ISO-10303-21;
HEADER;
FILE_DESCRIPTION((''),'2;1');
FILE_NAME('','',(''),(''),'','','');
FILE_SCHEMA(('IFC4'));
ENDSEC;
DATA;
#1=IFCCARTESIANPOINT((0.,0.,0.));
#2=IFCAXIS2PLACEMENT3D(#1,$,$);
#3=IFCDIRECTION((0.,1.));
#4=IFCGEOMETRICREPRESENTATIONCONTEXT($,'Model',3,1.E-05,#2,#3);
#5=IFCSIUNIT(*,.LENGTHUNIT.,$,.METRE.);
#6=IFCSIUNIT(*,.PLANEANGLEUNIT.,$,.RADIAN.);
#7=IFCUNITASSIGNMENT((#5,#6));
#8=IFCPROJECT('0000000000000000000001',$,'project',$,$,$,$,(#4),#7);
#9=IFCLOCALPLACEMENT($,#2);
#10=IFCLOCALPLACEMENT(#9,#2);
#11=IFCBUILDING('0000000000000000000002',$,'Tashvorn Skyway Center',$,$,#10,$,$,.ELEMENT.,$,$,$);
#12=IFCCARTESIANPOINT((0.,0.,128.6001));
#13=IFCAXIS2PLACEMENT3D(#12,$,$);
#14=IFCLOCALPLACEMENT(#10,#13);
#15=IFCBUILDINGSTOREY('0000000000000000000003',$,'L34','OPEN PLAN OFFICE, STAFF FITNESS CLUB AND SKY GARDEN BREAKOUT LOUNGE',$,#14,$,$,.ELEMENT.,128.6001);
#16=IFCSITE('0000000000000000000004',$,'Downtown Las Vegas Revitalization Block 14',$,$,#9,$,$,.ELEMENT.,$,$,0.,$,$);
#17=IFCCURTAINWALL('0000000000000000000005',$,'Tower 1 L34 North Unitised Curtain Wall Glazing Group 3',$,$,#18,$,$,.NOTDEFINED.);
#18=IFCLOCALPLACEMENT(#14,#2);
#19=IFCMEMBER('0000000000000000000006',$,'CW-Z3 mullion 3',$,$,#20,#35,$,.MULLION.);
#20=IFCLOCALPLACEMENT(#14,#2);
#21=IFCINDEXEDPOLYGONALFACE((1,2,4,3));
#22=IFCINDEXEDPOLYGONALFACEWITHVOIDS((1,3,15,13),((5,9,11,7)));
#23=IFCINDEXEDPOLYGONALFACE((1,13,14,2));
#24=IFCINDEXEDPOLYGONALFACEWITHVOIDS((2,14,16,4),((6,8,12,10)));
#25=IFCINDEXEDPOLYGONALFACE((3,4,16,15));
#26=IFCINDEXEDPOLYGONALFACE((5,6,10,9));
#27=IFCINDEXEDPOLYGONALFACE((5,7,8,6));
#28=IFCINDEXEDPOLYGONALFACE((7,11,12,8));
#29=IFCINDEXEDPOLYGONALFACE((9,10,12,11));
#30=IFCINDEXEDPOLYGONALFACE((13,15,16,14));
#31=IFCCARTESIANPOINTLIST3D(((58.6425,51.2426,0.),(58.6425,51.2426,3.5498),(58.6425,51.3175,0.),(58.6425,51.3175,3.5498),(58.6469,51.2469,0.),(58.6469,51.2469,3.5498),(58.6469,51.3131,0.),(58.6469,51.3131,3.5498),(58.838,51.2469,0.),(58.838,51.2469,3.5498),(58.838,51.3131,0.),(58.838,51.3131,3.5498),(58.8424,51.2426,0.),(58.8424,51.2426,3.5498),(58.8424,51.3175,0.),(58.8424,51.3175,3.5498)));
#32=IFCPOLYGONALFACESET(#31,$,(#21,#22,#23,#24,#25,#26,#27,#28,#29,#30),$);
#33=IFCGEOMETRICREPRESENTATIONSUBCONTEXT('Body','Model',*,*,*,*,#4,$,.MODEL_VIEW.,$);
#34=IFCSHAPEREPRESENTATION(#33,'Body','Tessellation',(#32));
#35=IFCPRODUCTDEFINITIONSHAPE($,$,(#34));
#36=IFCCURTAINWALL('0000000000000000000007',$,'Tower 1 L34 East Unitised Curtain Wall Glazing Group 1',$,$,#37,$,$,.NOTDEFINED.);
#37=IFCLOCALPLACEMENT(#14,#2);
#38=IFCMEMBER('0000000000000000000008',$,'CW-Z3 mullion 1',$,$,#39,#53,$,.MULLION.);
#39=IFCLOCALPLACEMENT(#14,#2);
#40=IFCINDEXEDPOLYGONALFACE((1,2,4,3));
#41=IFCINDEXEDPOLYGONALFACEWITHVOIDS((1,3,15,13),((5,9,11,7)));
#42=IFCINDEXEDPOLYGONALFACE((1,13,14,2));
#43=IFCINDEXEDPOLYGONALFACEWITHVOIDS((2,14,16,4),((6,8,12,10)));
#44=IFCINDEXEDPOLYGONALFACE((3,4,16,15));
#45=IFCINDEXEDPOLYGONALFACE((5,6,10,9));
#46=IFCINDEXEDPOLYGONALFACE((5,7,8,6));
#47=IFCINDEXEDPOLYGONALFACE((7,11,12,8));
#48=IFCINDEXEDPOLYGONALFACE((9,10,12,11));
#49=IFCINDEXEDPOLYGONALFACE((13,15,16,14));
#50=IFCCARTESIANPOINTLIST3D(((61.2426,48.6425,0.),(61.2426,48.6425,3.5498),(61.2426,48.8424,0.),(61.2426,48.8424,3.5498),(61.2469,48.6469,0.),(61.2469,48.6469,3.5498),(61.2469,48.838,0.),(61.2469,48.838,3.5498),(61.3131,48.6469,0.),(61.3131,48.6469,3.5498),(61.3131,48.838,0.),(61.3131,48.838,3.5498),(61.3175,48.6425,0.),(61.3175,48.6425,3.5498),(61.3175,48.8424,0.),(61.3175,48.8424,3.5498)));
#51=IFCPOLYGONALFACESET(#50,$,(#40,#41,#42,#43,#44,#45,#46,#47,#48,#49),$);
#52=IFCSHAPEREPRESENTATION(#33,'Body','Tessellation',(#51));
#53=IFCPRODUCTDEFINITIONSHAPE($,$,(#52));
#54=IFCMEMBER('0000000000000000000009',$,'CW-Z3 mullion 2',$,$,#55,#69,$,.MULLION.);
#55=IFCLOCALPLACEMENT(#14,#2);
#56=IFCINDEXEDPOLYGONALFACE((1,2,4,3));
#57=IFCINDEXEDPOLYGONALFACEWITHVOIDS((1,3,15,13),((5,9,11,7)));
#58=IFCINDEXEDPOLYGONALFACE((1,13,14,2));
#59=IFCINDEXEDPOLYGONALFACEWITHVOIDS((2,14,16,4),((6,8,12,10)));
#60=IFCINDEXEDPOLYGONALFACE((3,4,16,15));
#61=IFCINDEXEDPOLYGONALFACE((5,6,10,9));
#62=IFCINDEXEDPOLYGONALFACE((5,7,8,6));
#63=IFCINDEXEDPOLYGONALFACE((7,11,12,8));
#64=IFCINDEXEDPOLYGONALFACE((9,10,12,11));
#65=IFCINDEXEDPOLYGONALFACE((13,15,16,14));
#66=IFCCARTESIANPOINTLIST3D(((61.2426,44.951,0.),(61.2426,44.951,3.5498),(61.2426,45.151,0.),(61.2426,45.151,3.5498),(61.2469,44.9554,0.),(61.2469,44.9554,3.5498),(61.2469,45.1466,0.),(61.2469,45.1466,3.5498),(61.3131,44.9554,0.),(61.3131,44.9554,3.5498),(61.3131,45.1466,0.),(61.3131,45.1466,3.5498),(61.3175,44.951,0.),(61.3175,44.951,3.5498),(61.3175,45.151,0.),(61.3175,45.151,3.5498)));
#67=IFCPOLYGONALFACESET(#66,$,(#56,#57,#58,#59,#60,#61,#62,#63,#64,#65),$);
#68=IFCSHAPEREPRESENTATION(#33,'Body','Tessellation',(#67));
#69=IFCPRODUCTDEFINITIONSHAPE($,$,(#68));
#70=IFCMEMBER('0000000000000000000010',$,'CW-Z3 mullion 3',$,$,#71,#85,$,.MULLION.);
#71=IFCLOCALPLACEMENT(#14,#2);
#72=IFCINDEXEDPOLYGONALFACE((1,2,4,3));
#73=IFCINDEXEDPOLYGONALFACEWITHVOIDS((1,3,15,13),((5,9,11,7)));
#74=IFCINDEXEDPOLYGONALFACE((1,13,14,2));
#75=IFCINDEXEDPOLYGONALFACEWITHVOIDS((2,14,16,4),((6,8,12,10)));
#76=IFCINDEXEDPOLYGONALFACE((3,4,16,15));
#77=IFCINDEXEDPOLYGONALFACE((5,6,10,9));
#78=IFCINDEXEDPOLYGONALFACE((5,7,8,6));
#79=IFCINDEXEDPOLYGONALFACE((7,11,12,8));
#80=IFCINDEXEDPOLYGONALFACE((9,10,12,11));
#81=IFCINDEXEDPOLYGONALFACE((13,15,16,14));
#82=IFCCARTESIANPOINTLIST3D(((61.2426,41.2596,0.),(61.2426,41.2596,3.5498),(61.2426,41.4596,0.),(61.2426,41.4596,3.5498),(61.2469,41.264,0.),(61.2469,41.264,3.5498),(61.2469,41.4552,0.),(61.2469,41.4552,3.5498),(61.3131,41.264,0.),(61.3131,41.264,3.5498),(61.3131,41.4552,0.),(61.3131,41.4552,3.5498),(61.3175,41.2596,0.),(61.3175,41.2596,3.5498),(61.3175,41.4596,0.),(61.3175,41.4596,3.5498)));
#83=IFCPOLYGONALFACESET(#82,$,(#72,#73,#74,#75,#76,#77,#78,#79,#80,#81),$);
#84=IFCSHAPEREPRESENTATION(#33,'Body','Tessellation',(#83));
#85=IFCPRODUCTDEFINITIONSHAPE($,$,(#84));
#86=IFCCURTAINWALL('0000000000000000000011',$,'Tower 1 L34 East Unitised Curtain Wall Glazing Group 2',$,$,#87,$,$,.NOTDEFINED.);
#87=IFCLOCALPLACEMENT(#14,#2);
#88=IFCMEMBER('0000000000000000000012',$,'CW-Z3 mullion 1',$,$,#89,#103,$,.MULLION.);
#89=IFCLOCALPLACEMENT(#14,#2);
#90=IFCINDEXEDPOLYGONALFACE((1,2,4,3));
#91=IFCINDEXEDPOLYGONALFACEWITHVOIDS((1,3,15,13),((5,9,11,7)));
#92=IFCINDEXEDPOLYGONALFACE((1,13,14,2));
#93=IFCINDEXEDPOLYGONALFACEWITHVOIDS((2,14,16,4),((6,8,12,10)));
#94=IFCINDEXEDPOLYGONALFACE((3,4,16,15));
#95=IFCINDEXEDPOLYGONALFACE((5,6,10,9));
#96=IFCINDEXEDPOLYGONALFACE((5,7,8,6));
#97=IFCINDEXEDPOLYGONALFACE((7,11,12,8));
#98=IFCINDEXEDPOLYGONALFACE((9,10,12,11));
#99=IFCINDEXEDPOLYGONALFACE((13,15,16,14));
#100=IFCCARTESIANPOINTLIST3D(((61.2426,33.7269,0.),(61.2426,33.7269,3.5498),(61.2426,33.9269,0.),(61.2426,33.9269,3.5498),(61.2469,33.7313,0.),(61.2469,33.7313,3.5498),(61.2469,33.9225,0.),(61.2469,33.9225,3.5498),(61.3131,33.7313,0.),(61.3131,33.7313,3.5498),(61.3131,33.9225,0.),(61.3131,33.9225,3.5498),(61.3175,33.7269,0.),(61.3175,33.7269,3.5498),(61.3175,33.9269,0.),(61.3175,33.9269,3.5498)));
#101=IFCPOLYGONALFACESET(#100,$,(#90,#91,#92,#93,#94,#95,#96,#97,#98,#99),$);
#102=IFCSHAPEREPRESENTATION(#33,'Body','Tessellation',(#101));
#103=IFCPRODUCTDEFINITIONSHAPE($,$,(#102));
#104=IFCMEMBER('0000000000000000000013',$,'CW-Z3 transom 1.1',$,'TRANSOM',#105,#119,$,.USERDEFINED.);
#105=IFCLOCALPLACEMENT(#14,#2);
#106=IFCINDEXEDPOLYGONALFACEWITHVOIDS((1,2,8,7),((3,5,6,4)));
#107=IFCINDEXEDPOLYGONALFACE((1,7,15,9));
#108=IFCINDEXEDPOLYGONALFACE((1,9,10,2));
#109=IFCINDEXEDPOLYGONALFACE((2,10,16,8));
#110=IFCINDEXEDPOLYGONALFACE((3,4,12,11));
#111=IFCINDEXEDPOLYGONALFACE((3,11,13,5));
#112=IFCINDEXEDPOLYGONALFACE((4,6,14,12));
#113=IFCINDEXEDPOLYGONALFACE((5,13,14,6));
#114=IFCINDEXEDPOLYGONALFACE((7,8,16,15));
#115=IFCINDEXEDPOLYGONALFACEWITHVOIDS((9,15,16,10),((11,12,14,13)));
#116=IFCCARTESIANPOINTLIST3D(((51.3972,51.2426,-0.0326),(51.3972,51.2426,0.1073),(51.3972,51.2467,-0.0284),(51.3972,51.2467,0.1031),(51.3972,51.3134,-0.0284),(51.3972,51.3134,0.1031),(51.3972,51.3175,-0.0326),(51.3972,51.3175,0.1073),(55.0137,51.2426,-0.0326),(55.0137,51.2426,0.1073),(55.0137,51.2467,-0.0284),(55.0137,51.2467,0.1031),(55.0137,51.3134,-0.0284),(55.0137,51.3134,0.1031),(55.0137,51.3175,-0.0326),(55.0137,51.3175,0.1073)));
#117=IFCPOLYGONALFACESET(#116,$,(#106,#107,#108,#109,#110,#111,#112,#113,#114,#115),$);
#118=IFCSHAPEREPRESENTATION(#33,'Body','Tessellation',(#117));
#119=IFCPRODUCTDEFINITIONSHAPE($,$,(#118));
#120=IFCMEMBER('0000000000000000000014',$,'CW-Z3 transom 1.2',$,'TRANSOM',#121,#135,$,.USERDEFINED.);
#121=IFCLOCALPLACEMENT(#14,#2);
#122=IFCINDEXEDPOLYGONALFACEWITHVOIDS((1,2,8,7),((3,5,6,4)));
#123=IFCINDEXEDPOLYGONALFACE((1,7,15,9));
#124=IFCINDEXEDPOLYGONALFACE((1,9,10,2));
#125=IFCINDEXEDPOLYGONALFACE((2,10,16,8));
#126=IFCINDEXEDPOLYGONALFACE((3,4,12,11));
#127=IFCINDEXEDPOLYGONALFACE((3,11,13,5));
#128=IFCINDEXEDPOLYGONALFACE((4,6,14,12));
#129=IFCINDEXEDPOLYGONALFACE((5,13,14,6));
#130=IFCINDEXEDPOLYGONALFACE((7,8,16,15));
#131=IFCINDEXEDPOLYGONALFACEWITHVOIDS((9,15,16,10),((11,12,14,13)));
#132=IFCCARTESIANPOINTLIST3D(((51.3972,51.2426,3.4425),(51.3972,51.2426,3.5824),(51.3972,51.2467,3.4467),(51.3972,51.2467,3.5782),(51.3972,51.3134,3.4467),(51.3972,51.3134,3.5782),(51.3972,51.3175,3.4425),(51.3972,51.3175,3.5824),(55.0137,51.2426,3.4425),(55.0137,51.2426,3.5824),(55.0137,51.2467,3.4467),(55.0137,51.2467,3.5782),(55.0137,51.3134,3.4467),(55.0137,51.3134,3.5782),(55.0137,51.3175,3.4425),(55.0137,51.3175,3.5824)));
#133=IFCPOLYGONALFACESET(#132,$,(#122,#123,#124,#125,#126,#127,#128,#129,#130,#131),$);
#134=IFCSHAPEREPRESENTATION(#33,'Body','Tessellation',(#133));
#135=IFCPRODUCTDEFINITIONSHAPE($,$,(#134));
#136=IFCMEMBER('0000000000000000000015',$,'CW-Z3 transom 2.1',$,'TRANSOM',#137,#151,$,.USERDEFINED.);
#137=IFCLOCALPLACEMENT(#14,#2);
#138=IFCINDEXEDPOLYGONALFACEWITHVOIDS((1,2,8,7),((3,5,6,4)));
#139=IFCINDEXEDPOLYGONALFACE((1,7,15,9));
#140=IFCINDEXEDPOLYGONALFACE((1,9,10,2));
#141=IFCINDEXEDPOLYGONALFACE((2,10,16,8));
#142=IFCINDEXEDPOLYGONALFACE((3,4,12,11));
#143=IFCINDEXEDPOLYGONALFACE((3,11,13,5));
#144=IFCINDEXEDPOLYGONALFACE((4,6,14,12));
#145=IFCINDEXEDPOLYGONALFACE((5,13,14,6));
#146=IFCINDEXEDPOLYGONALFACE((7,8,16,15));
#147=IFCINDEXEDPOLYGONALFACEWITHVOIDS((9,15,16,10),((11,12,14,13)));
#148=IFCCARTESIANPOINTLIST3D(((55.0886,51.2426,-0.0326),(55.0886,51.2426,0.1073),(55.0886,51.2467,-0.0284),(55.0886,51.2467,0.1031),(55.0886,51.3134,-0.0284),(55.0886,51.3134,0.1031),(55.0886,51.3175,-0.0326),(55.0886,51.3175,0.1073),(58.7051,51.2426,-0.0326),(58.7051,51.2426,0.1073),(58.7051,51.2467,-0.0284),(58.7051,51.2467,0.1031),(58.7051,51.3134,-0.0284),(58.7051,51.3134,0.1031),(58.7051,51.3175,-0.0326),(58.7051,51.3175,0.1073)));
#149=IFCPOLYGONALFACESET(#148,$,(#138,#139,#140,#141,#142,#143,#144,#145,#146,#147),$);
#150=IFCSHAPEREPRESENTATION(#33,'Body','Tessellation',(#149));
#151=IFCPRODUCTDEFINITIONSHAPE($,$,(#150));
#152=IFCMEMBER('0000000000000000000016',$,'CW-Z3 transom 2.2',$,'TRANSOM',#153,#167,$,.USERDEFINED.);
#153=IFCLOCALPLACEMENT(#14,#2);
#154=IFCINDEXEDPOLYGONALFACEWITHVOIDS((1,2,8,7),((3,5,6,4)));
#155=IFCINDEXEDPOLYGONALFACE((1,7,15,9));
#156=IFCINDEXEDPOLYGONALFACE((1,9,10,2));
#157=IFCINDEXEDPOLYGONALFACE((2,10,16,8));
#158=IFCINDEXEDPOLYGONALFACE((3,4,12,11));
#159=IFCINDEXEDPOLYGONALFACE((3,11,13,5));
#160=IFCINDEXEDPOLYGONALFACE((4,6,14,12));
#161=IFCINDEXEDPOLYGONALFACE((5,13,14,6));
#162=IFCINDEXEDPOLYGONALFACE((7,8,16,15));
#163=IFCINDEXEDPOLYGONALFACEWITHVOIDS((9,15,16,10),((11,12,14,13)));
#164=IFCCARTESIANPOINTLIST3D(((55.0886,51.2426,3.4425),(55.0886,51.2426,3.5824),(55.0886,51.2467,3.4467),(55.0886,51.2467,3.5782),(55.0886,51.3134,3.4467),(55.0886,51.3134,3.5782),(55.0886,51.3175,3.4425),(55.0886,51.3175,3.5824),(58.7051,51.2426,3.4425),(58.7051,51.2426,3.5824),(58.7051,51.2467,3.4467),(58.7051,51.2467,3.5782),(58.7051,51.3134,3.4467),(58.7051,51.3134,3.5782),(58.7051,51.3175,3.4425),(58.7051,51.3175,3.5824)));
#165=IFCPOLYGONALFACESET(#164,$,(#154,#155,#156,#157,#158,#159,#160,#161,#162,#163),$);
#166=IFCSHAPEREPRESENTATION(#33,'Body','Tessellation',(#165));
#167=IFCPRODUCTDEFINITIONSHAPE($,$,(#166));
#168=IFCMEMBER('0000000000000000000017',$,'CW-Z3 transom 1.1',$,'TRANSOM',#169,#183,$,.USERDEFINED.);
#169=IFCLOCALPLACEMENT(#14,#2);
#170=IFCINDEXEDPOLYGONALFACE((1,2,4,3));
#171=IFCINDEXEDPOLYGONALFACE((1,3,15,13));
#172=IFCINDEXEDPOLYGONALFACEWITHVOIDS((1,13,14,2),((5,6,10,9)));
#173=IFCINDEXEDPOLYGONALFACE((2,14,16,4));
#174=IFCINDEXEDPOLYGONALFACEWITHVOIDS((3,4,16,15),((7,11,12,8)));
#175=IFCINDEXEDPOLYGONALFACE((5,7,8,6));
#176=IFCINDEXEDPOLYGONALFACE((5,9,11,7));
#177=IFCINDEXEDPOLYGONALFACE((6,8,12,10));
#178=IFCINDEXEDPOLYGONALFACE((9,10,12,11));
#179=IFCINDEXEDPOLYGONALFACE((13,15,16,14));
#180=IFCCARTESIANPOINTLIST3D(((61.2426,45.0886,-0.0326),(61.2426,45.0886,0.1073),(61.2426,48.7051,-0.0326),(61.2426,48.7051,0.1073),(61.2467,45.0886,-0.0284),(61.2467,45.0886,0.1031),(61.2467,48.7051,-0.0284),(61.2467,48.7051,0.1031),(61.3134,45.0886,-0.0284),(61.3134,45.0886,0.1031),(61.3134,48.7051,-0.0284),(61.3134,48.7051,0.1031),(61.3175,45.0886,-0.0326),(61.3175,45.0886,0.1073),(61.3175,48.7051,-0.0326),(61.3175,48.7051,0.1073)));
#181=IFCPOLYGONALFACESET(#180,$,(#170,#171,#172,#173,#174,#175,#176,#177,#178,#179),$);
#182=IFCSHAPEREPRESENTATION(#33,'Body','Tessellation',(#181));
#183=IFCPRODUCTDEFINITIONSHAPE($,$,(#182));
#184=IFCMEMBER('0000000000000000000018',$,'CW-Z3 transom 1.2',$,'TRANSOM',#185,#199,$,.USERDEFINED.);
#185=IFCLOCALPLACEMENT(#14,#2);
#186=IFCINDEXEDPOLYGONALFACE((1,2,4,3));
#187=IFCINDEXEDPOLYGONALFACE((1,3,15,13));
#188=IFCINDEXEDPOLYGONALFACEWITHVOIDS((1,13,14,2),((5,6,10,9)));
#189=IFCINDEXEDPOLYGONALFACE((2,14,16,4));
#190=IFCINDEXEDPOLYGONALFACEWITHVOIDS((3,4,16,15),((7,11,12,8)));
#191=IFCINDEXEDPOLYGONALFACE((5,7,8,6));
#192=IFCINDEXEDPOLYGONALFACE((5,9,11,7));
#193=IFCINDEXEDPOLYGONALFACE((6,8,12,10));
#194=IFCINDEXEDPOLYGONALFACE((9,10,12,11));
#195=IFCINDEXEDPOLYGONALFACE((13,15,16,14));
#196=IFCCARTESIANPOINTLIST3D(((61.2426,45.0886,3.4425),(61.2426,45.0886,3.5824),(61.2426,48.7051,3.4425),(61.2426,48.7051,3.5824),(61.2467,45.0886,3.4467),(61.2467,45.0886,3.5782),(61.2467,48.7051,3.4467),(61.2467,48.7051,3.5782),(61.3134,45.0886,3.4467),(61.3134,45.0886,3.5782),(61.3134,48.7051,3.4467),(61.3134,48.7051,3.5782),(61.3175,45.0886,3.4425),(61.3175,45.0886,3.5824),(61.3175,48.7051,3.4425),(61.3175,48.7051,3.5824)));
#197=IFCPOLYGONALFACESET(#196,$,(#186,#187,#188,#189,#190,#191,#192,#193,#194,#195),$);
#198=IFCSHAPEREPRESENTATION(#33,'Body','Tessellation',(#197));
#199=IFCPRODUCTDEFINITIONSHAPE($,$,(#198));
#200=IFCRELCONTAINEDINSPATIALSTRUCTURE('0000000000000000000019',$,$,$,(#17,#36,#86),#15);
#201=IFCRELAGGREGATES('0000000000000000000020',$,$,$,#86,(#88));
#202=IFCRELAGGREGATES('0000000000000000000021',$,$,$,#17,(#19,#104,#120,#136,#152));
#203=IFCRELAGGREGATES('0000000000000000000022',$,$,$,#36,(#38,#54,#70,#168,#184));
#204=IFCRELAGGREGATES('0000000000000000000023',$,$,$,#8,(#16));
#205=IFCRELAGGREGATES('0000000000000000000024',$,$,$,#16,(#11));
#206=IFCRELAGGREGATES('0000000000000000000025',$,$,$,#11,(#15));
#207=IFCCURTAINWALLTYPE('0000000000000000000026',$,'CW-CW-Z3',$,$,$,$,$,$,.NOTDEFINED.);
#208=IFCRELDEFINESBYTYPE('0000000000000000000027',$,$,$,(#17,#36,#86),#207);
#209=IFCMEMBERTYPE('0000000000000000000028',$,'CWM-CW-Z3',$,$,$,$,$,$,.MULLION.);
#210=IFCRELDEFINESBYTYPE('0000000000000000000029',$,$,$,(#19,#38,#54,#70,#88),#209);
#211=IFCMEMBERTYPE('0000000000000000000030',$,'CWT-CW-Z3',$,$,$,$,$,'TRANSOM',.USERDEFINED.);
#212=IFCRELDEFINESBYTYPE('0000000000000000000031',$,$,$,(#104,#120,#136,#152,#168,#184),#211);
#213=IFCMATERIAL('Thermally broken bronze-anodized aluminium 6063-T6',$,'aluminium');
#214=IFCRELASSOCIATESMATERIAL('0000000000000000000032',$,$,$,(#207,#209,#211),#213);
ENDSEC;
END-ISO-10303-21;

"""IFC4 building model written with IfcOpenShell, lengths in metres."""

from ifc_helpers import new_model, si_unit, direction, frame, origin, origin_2d, place, context, subcontext, project, spatial, hollow_rectangle, extrude, material, material_profile, profile_set, type_object, element, aggregate, save


model = new_model("IFC4")

# Units and contexts
model_context = context("Model", 3, precision=1e-05, world=origin(), true_north=direction((0.0, 1.0)))
body_context = subcontext(model_context, "Body", "Model", "MODEL_VIEW")
ifc_project = project(units=[si_unit("LENGTHUNIT", "METRE"), si_unit("PLANEANGLEUNIT", "RADIAN")], contexts=[model_context])

# Site, building, storey
site_placement = place(None, origin())
site = spatial("IfcSite", under=ifc_project, at=site_placement, Name="Downtown Las Vegas Revitalization Block 14", CompositionType="ELEMENT", RefElevation=0.0)
building_placement = place(site_placement, origin())
building = spatial("IfcBuilding", under=site, at=building_placement, Name="Tashvorn Skyway Center", CompositionType="ELEMENT")
storey_placement = place(building_placement, frame((0.0, 0.0, 128.6001)))
storey = spatial("IfcBuildingStorey", under=building, at=storey_placement, Name="L34", Description="OPEN PLAN OFFICE, STAFF FITNESS CLUB AND SKY GARDEN BREAKOUT LOUNGE", CompositionType="ELEMENT", Elevation=128.6001)

# Curtain walls, members
ifc_material_1 = material(Name="Thermally broken bronze-anodized aluminium 6063-T6", Category="aluminium")
curtain_wall_type = type_object("IfcCurtainWallType", Name="CW-CW-Z3", PredefinedType="NOTDEFINED", material=ifc_material_1)
curtain_wall_1_placement = place(storey_placement, origin())
curtain_wall_1 = element("IfcCurtainWall", 1, at=curtain_wall_1_placement, inside=storey, type_object=curtain_wall_type, Name="Tower 1 L34 North Unitised Curtain Wall Glazing Group 3", PredefinedType="NOTDEFINED")
ifc_material_profile_1 = material_profile(ifc_material_1, hollow_rectangle(XDim=0.075, YDim=0.2, WallThickness=0.0044, at=origin_2d()), Name="ALU-MULL-75x200")
ifc_profile_set_1 = profile_set([ifc_material_profile_1], Name="Thermally broken bronze-anodized aluminium 6063-T6")
member_type_1 = type_object("IfcMemberType", Name="CWM-CW-Z3", PredefinedType="MULLION", material=ifc_profile_set_1)
member_1_placement = place(storey_placement, frame((58.7424, 51.28, 0.0), z_axis=(0.0, 0.0, 1.0), x_axis=(0.0, 1.0, 0.0)))
member_1 = element("IfcMember", 2, at=member_1_placement, type_object=member_type_1, Name="CW-Z3 mullion 3", PredefinedType="MULLION", context=body_context, shape_type="SweptSolid", body=[
    extrude(hollow_rectangle(XDim=0.075, YDim=0.2, WallThickness=0.0044, at=origin_2d()), origin(), (0.0, 0.0, 1.0), 3.5498),
])
curtain_wall_2_placement = place(storey_placement, origin())
curtain_wall_2 = element("IfcCurtainWall", 3, at=curtain_wall_2_placement, inside=storey, type_object=curtain_wall_type, Name="Tower 1 L34 East Unitised Curtain Wall Glazing Group 1", PredefinedType="NOTDEFINED")
member_2_placement = place(storey_placement, frame((61.28, 48.7424, 0.0), z_axis=(0.0, 0.0, 1.0), x_axis=(1.0, 0.0, 0.0)))
member_2 = element("IfcMember", 4, at=member_2_placement, type_object=member_type_1, Name="CW-Z3 mullion 1", PredefinedType="MULLION", context=body_context, shape_type="SweptSolid", body=[
    extrude(hollow_rectangle(XDim=0.075, YDim=0.2, WallThickness=0.0044, at=origin_2d()), origin(), (0.0, 0.0, 1.0), 3.5498),
])
member_3_placement = place(storey_placement, frame((61.28, 45.051, 0.0), z_axis=(0.0, 0.0, 1.0), x_axis=(1.0, 0.0, 0.0)))
member_3 = element("IfcMember", 5, at=member_3_placement, type_object=member_type_1, Name="CW-Z3 mullion 2", PredefinedType="MULLION", context=body_context, shape_type="SweptSolid", body=[
    extrude(hollow_rectangle(XDim=0.075, YDim=0.2, WallThickness=0.0044, at=origin_2d()), origin(), (0.0, 0.0, 1.0), 3.5498),
])
member_4_placement = place(storey_placement, frame((61.28, 41.3596, 0.0), z_axis=(0.0, 0.0, 1.0), x_axis=(1.0, 0.0, 0.0)))
member_4 = element("IfcMember", 6, at=member_4_placement, type_object=member_type_1, Name="CW-Z3 mullion 3", PredefinedType="MULLION", context=body_context, shape_type="SweptSolid", body=[
    extrude(hollow_rectangle(XDim=0.075, YDim=0.2, WallThickness=0.0044, at=origin_2d()), origin(), (0.0, 0.0, 1.0), 3.5498),
])

# Curtain wall, member
curtain_wall_3_placement = place(storey_placement, origin())
curtain_wall_3 = element("IfcCurtainWall", 7, at=curtain_wall_3_placement, inside=storey, type_object=curtain_wall_type, Name="Tower 1 L34 East Unitised Curtain Wall Glazing Group 2", PredefinedType="NOTDEFINED")
member_5_placement = place(storey_placement, frame((61.28, 33.8269, 0.0), z_axis=(0.0, 0.0, 1.0), x_axis=(1.0, 0.0, 0.0)))
member_5 = element("IfcMember", 8, at=member_5_placement, type_object=member_type_1, Name="CW-Z3 mullion 1", PredefinedType="MULLION", context=body_context, shape_type="SweptSolid", body=[
    extrude(hollow_rectangle(XDim=0.075, YDim=0.2, WallThickness=0.0044, at=origin_2d()), origin(), (0.0, 0.0, 1.0), 3.5498),
])

# Members
ifc_material_profile_2 = material_profile(ifc_material_1, hollow_rectangle(XDim=0.075, YDim=0.1399, WallThickness=0.0042, at=origin_2d()), Name="ALU-TRAN-75x140")
ifc_profile_set_2 = profile_set([ifc_material_profile_2], Name="Thermally broken bronze-anodized aluminium 6063-T6")
member_type_2 = type_object("IfcMemberType", Name="CWT-CW-Z3", ElementType="TRANSOM", PredefinedType="USERDEFINED", material=ifc_profile_set_2)
member_6_placement = place(storey_placement, frame((51.3972, 51.28, 0.0374), z_axis=(1.0, 0.0, 0.0), x_axis=(0.0, 1.0, 0.0)))
member_6 = element("IfcMember", 9, at=member_6_placement, type_object=member_type_2, Name="CW-Z3 transom 1.1", ObjectType="TRANSOM", PredefinedType="USERDEFINED", context=body_context, shape_type="SweptSolid", body=[
    extrude(hollow_rectangle(XDim=0.075, YDim=0.1399, WallThickness=0.0042, at=origin_2d()), origin(), (0.0, 0.0, 1.0), 3.6165),
])
member_7_placement = place(storey_placement, frame((51.3972, 51.28, 3.5125), z_axis=(1.0, 0.0, 0.0), x_axis=(0.0, 1.0, 0.0)))
member_7 = element("IfcMember", 10, at=member_7_placement, type_object=member_type_2, Name="CW-Z3 transom 1.2", ObjectType="TRANSOM", PredefinedType="USERDEFINED", context=body_context, shape_type="SweptSolid", body=[
    extrude(hollow_rectangle(XDim=0.075, YDim=0.1399, WallThickness=0.0042, at=origin_2d()), origin(), (0.0, 0.0, 1.0), 3.6165),
])
member_8_placement = place(storey_placement, frame((55.0886, 51.28, 0.0374), z_axis=(1.0, 0.0, 0.0), x_axis=(0.0, 1.0, 0.0)))
member_8 = element("IfcMember", 11, at=member_8_placement, type_object=member_type_2, Name="CW-Z3 transom 2.1", ObjectType="TRANSOM", PredefinedType="USERDEFINED", context=body_context, shape_type="SweptSolid", body=[
    extrude(hollow_rectangle(XDim=0.075, YDim=0.1399, WallThickness=0.0042, at=origin_2d()), origin(), (0.0, 0.0, 1.0), 3.6165),
])
member_9_placement = place(storey_placement, frame((55.0886, 51.28, 3.5125), z_axis=(1.0, 0.0, 0.0), x_axis=(0.0, 1.0, 0.0)))
member_9 = element("IfcMember", 12, at=member_9_placement, type_object=member_type_2, Name="CW-Z3 transom 2.2", ObjectType="TRANSOM", PredefinedType="USERDEFINED", context=body_context, shape_type="SweptSolid", body=[
    extrude(hollow_rectangle(XDim=0.075, YDim=0.1399, WallThickness=0.0042, at=origin_2d()), origin(), (0.0, 0.0, 1.0), 3.6165),
])
member_10_placement = place(storey_placement, frame((61.28, 48.7051, 0.0374), z_axis=(0.0, -1.0, 0.0), x_axis=(1.0, 0.0, 0.0)))
member_10 = element("IfcMember", 13, at=member_10_placement, type_object=member_type_2, Name="CW-Z3 transom 1.1", ObjectType="TRANSOM", PredefinedType="USERDEFINED", context=body_context, shape_type="SweptSolid", body=[
    extrude(hollow_rectangle(XDim=0.075, YDim=0.1399, WallThickness=0.0042, at=origin_2d()), origin(), (0.0, 0.0, 1.0), 3.6165),
])
member_11_placement = place(storey_placement, frame((61.28, 48.7051, 3.5125), z_axis=(0.0, -1.0, 0.0), x_axis=(1.0, 0.0, 0.0)))
member_11 = element("IfcMember", 14, at=member_11_placement, type_object=member_type_2, Name="CW-Z3 transom 1.2", ObjectType="TRANSOM", PredefinedType="USERDEFINED", context=body_context, shape_type="SweptSolid", body=[
    extrude(hollow_rectangle(XDim=0.075, YDim=0.1399, WallThickness=0.0042, at=origin_2d()), origin(), (0.0, 0.0, 1.0), 3.6165),
])
aggregate(curtain_wall_3, [member_5])

aggregate(curtain_wall_1, [member_1, member_6, member_7, member_8, member_9])
aggregate(curtain_wall_2, [member_2, member_3, member_4, member_10, member_11])

save(model, "model.ifc")
